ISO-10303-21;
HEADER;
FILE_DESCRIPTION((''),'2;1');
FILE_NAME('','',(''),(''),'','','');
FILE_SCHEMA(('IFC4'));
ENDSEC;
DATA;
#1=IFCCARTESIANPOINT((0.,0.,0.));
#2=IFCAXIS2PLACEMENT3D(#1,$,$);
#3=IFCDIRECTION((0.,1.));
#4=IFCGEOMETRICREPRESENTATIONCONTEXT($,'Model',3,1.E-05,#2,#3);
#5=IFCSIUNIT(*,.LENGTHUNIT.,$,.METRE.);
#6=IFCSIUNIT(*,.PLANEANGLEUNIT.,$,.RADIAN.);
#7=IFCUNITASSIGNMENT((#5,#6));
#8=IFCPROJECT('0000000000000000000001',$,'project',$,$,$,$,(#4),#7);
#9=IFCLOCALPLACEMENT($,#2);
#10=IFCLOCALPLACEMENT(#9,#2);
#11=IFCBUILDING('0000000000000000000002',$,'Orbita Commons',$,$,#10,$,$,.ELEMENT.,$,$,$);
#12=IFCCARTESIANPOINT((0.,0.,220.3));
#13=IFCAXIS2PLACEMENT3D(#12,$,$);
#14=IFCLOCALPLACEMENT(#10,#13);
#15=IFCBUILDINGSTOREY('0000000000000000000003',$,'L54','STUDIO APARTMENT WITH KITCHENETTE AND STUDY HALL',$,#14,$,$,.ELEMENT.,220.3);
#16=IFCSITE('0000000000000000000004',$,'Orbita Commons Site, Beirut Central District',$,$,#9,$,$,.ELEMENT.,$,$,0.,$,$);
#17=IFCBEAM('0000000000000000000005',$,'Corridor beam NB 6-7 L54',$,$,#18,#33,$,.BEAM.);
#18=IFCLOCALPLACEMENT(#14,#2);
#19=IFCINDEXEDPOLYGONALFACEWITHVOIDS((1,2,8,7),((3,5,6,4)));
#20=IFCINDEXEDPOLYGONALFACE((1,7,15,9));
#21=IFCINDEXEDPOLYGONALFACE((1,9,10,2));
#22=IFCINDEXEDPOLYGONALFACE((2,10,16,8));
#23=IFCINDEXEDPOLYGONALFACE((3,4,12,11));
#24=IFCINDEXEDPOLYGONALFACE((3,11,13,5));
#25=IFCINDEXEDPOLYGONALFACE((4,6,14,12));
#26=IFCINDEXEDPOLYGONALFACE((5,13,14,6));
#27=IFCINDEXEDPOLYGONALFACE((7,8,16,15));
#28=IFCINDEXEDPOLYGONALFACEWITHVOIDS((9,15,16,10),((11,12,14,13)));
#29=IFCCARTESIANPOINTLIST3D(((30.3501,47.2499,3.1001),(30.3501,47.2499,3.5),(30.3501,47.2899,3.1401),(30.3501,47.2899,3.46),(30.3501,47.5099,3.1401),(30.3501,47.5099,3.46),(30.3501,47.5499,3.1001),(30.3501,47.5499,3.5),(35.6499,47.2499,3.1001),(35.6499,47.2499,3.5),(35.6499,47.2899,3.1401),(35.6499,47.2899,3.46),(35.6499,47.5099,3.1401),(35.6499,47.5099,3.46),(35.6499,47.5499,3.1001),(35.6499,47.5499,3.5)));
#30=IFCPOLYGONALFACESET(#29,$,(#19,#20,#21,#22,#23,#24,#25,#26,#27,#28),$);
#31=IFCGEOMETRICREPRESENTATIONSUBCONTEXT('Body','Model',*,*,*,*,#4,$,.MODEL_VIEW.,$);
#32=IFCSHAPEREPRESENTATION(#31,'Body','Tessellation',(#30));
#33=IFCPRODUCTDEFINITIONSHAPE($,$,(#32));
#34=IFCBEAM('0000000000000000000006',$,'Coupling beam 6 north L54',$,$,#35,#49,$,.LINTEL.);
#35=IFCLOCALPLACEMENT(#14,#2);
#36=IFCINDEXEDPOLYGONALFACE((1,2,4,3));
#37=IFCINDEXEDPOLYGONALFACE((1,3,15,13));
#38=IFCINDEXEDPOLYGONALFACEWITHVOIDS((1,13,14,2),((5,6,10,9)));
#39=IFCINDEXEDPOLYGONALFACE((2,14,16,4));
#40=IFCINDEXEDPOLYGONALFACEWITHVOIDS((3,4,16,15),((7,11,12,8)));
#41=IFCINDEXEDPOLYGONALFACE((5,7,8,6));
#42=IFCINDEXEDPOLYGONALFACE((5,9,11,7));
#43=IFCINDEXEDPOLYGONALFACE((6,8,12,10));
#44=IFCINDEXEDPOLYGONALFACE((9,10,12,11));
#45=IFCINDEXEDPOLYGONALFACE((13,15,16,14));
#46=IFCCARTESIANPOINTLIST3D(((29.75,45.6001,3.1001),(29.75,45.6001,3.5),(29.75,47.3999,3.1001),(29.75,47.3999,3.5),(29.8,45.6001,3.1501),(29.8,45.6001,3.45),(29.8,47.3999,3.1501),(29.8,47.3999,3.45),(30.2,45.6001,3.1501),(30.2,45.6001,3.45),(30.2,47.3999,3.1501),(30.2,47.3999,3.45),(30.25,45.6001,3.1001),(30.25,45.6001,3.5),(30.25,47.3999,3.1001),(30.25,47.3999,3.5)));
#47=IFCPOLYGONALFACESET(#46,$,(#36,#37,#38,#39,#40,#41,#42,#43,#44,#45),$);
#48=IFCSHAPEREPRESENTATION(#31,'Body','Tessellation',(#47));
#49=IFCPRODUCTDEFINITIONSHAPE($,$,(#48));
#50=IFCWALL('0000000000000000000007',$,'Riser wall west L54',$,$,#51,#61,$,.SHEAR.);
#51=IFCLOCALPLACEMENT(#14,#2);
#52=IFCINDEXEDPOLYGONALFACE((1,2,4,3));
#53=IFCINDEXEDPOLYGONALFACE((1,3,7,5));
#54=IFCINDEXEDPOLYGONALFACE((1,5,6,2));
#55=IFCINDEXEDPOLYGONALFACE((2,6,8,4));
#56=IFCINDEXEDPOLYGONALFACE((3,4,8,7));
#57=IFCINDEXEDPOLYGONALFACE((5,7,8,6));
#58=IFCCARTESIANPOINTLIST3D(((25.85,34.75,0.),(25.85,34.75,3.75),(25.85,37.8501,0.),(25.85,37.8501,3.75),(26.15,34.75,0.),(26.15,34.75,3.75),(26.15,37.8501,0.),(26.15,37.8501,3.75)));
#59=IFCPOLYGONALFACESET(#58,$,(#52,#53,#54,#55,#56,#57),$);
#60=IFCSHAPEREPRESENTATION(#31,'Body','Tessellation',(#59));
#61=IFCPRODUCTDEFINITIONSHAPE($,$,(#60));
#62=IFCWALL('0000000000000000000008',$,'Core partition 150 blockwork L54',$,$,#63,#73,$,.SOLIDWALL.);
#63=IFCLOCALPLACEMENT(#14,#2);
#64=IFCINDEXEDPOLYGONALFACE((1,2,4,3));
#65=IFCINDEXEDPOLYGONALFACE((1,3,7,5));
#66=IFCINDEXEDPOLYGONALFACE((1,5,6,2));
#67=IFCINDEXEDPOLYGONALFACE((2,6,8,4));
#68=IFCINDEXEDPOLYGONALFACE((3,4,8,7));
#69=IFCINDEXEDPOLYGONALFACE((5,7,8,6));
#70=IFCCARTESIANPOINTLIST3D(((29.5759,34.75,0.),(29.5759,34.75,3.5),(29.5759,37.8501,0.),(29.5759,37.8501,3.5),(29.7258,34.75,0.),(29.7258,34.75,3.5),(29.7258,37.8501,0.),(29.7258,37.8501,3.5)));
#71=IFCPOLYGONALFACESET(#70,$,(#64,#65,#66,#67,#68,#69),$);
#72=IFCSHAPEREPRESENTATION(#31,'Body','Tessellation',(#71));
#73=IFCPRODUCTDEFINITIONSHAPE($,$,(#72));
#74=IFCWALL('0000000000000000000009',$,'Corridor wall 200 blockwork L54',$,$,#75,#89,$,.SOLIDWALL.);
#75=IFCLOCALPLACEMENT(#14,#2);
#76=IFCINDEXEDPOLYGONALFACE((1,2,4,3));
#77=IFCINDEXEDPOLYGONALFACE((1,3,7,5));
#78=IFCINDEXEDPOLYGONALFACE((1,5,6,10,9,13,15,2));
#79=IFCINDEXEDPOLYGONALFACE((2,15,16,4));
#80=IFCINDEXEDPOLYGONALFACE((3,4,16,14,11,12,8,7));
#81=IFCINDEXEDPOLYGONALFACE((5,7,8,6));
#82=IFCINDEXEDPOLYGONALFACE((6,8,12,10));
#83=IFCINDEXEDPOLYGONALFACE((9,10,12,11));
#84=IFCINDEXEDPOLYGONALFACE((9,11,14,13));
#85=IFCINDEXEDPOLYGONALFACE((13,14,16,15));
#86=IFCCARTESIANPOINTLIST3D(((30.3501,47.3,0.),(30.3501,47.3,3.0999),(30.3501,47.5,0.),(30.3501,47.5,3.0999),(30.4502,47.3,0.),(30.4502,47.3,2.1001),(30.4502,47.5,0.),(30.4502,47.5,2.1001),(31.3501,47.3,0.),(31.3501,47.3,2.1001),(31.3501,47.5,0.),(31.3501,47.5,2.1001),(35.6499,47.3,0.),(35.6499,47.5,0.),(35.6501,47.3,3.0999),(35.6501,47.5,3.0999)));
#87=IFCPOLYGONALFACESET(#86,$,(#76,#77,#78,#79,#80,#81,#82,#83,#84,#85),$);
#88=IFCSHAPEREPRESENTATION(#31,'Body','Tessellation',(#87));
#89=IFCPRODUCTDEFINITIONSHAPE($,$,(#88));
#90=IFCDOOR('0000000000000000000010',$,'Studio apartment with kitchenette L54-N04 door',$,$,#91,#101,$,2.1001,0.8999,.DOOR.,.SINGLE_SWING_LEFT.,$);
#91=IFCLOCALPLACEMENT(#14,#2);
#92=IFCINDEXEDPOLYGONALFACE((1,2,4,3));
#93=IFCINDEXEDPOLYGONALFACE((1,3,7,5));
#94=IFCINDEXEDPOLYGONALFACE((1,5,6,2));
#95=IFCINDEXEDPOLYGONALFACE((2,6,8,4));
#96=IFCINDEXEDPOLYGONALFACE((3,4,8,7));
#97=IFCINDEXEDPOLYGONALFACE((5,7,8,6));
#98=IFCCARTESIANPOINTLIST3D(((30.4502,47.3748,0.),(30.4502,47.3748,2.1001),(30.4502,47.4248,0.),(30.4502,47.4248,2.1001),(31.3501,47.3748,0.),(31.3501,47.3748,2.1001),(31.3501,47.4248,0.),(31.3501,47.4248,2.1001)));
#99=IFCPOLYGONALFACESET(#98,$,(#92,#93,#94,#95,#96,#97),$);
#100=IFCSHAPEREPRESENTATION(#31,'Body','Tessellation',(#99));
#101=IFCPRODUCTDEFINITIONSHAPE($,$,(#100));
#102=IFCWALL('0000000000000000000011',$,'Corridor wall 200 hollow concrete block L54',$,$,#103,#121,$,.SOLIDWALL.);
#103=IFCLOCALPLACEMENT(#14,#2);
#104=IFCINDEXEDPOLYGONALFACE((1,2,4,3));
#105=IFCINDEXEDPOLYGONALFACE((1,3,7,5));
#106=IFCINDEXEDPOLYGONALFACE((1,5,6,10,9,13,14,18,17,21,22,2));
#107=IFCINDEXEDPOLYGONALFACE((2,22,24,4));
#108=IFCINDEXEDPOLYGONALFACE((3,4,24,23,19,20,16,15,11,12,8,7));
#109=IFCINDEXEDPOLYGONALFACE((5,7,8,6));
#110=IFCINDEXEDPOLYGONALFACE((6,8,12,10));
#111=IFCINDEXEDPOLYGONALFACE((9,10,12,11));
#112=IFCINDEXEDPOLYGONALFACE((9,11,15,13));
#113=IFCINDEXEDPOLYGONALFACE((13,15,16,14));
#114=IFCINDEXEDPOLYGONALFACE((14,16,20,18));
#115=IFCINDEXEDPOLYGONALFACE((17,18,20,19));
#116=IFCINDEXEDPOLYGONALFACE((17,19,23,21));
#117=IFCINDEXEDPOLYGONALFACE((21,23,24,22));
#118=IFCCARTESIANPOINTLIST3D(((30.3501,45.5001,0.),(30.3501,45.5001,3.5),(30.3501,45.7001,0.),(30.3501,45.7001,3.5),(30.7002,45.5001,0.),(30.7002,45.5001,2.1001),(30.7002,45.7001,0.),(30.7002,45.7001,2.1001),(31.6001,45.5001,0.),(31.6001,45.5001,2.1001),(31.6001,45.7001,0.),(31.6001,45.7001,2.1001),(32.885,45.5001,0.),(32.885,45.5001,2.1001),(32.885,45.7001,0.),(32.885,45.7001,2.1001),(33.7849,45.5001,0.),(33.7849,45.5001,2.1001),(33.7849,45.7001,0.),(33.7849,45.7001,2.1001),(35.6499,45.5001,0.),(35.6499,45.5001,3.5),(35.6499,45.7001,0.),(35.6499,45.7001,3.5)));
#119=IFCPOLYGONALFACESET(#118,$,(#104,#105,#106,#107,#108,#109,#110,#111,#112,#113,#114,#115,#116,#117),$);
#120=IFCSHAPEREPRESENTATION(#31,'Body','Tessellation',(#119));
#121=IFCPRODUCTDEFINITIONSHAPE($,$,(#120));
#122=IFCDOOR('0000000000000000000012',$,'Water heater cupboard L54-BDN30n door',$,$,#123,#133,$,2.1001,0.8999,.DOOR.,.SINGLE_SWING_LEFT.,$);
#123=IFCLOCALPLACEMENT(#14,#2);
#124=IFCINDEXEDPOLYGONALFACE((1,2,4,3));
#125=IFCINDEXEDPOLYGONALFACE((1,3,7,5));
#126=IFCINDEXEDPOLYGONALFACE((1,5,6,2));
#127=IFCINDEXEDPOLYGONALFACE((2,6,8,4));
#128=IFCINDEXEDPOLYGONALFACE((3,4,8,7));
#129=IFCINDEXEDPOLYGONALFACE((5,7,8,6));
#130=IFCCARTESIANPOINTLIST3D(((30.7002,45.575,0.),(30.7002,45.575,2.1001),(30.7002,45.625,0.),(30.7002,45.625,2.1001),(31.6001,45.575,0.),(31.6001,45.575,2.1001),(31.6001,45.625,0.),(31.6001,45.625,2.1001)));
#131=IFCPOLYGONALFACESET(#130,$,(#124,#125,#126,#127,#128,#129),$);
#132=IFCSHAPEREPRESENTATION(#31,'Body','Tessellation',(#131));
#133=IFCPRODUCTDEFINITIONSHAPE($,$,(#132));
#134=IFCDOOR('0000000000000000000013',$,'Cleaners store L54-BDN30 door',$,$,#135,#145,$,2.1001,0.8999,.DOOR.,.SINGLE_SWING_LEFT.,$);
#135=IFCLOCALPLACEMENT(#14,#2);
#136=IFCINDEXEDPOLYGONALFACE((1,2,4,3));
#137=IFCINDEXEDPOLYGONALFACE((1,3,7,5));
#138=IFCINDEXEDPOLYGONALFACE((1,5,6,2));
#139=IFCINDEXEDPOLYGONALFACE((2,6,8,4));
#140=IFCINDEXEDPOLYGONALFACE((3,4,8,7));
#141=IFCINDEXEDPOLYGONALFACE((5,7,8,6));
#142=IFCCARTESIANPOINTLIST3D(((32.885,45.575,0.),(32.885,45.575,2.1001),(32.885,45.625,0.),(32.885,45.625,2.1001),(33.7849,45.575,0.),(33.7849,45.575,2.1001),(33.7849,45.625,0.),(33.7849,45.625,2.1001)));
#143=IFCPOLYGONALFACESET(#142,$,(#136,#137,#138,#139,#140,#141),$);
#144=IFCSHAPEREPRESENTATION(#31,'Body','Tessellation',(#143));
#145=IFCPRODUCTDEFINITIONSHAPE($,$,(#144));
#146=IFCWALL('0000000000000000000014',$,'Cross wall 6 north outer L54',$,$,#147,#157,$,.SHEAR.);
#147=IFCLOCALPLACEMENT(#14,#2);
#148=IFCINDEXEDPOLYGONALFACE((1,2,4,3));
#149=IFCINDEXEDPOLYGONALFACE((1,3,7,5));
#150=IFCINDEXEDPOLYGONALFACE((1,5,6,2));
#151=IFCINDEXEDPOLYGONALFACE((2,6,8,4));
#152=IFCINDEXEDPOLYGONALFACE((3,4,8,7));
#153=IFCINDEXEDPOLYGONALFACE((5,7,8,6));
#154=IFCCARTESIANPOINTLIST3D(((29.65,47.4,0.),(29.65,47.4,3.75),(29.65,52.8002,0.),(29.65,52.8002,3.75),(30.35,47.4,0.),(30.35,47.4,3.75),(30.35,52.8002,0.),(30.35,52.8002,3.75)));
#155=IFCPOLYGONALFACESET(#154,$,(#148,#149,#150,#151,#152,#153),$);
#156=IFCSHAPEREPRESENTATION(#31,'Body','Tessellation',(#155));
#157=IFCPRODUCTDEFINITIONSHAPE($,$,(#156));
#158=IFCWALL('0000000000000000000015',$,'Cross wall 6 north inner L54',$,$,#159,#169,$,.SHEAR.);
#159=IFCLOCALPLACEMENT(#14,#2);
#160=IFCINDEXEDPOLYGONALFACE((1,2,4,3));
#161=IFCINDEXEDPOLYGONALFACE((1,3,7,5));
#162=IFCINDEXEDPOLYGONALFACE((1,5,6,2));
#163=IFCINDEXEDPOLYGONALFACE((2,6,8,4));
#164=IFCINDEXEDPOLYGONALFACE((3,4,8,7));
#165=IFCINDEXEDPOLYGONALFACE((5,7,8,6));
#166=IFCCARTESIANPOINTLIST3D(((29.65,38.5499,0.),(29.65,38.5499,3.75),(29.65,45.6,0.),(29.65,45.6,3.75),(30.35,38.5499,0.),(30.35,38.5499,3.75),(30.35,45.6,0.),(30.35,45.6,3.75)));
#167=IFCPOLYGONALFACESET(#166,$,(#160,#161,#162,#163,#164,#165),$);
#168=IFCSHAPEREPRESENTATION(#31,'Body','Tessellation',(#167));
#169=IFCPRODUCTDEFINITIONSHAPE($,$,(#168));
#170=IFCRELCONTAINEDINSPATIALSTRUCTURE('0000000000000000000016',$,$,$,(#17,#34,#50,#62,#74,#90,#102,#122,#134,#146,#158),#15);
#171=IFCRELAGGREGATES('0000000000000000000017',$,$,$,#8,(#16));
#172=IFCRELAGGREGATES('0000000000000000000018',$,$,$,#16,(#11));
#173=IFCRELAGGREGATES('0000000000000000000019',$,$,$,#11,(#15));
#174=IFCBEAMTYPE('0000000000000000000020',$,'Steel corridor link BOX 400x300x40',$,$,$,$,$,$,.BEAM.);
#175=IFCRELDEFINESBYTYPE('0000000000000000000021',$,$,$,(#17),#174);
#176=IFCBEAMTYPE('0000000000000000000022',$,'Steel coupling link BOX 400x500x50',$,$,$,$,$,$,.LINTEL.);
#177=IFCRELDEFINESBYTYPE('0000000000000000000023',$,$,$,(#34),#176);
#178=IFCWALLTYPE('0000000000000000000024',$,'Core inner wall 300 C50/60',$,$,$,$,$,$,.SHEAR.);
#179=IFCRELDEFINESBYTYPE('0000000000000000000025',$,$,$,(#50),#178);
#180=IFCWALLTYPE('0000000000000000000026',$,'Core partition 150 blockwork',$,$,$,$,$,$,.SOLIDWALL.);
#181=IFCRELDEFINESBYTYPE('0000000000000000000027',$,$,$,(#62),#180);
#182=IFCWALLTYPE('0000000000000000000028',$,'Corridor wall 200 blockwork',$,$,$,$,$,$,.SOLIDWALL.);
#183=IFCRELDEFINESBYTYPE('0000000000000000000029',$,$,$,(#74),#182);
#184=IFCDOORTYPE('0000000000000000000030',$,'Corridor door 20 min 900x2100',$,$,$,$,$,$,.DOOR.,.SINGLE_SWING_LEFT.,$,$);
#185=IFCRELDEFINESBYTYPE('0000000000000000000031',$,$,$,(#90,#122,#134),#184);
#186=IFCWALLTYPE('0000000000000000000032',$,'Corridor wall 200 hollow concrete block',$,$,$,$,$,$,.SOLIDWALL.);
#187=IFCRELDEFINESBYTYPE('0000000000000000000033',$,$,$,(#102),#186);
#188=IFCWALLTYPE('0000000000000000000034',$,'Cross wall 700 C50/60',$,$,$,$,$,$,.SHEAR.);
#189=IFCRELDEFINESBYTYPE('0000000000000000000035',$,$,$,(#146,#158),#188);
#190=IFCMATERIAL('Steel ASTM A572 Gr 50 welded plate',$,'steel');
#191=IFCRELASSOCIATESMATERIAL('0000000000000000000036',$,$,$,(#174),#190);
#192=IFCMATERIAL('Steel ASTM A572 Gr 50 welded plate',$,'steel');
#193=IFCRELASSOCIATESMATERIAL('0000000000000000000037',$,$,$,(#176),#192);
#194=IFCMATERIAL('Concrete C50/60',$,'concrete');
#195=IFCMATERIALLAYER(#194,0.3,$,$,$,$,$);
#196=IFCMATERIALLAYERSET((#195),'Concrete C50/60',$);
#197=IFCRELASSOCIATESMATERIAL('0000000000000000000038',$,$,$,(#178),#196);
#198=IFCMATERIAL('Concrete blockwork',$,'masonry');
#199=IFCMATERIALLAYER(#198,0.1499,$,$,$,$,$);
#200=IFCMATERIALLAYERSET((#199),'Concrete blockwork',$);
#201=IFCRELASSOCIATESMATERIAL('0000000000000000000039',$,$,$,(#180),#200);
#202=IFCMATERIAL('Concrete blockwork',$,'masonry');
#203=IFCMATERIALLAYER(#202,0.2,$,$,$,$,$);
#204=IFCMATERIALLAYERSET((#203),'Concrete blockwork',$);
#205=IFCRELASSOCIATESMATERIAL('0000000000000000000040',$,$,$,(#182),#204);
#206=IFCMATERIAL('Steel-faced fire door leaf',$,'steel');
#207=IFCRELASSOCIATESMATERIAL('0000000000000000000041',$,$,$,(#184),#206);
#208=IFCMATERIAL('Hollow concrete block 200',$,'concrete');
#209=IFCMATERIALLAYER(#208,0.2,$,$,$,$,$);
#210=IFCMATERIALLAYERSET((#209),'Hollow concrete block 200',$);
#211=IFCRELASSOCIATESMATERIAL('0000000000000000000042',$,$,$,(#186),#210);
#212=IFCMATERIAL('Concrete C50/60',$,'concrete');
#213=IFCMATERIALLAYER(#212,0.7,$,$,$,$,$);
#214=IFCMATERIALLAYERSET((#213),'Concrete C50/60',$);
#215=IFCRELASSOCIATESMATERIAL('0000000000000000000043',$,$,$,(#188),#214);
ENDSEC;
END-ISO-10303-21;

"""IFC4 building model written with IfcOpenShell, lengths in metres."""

from ifc_helpers import new_model, si_unit, direction, frame, frame_2d, origin, origin_2d, place, context, subcontext, project, spatial, polyline, rectangle, hollow_rectangle, outline, extrude, material, layer, layer_set, material_profile, profile_set, type_object, element, fill, save


model = new_model("IFC4")

# Units and contexts
model_context = context("Model", 3, precision=1e-05, world=origin(), true_north=direction((0.0, 1.0)))
body_context = subcontext(model_context, "Body", "Model", "MODEL_VIEW")
ifc_project = project(units=[si_unit("LENGTHUNIT", "METRE"), si_unit("PLANEANGLEUNIT", "RADIAN")], contexts=[model_context])

# Site, building, storey
site_placement = place(None, origin())
site = spatial("IfcSite", under=ifc_project, at=site_placement, Name="Orbita Commons Site, Beirut Central District", CompositionType="ELEMENT", RefElevation=0.0)
building_placement = place(site_placement, origin())
building = spatial("IfcBuilding", under=site, at=building_placement, Name="Orbita Commons", CompositionType="ELEMENT")
storey_placement = place(building_placement, frame((0.0, 0.0, 220.3)))
storey = spatial("IfcBuildingStorey", under=building, at=storey_placement, Name="L54", Description="STUDIO APARTMENT WITH KITCHENETTE AND STUDY HALL", CompositionType="ELEMENT", Elevation=220.3)

# Beams
ifc_material_1 = material(Name="Steel ASTM A572 Gr 50 welded plate", Category="steel")
ifc_material_profile_1 = material_profile(ifc_material_1, hollow_rectangle(XDim=0.3, YDim=0.3999, WallThickness=0.04, at=origin_2d()), Name="BOX 400x300x40")
ifc_profile_set_1 = profile_set([ifc_material_profile_1], Name="Steel ASTM A572 Gr 50 welded plate")
beam_type_1 = type_object("IfcBeamType", Name="Steel corridor link BOX 400x300x40", PredefinedType="BEAM", material=ifc_profile_set_1)
beam_1_placement = place(storey_placement, frame((30.3501, 47.3999, 3.3), z_axis=(1.0, 0.0, 0.0), x_axis=(0.0, 1.0, 0.0)))
element("IfcBeam", 1, at=beam_1_placement, inside=storey, type_object=beam_type_1, Name="Corridor beam NB 6-7 L54", PredefinedType="BEAM", context=body_context, shape_type="SweptSolid", body=[
    extrude(hollow_rectangle(XDim=0.3, YDim=0.3999, WallThickness=0.04, at=origin_2d()), origin(), (0.0, 0.0, 1.0), 5.2998),
])
ifc_material_2 = material(Name="Steel ASTM A572 Gr 50 welded plate", Category="steel")
ifc_material_profile_2 = material_profile(ifc_material_2, hollow_rectangle(XDim=0.5, YDim=0.3999, WallThickness=0.05, at=origin_2d()), Name="BOX 400x500x50")
ifc_profile_set_2 = profile_set([ifc_material_profile_2], Name="Steel ASTM A572 Gr 50 welded plate")
beam_type_2 = type_object("IfcBeamType", Name="Steel coupling link BOX 400x500x50", PredefinedType="LINTEL", material=ifc_profile_set_2)
beam_2_placement = place(storey_placement, frame((30.0, 45.6001, 3.3), z_axis=(0.0, 1.0, 0.0), x_axis=(-1.0, 0.0, 0.0)))
element("IfcBeam", 2, at=beam_2_placement, inside=storey, type_object=beam_type_2, Name="Coupling beam 6 north L54", PredefinedType="LINTEL", context=body_context, shape_type="SweptSolid", body=[
    extrude(hollow_rectangle(XDim=0.5, YDim=0.3999, WallThickness=0.05, at=origin_2d()), origin(), (0.0, 0.0, 1.0), 1.7998),
])

# Walls
ifc_material_3 = material(Name="Concrete C50/60", Category="concrete")
ifc_layer_1 = layer(ifc_material_3, 0.3)
ifc_layer_set_1 = layer_set([ifc_layer_1], Name="Concrete C50/60")
wall_type_1 = type_object("IfcWallType", Name="Core inner wall 300 C50/60", PredefinedType="SHEAR", material=ifc_layer_set_1)
wall_1_placement = place(storey_placement, frame((26.0, 34.75, 0.0), z_axis=(0.0, 0.0, 1.0), x_axis=(0.0, 1.0, 0.0)))
element("IfcWall", 3, at=wall_1_placement, inside=storey, type_object=wall_type_1, Name="Riser wall west L54", PredefinedType="SHEAR", context=body_context, shape_type="SweptSolid", body=[
    extrude(rectangle(XDim=3.1001, YDim=0.3, at=frame_2d((1.55, 0.0))), origin(), (0.0, 0.0, 1.0), 3.75),
])
ifc_material_4 = material(Name="Concrete blockwork", Category="masonry")
ifc_layer_2 = layer(ifc_material_4, 0.1499)
ifc_layer_set_2 = layer_set([ifc_layer_2], Name="Concrete blockwork")
wall_type_2 = type_object("IfcWallType", Name="Core partition 150 blockwork", PredefinedType="SOLIDWALL", material=ifc_layer_set_2)
wall_2_placement = place(storey_placement, frame((29.6509, 34.75, 0.0), z_axis=(0.0, 0.0, 1.0), x_axis=(0.0, 1.0, 0.0)))
element("IfcWall", 4, at=wall_2_placement, inside=storey, type_object=wall_type_2, Name="Core partition 150 blockwork L54", PredefinedType="SOLIDWALL", context=body_context, shape_type="SweptSolid", body=[
    extrude(rectangle(XDim=3.1001, YDim=0.1499, at=frame_2d((1.55, 0.0))), origin(), (0.0, 0.0, 1.0), 3.5),
])

# Wall, opening, door
ifc_material_5 = material(Name="Concrete blockwork", Category="masonry")
ifc_layer_3 = layer(ifc_material_5, 0.2)
ifc_layer_set_3 = layer_set([ifc_layer_3], Name="Concrete blockwork")
wall_type_3 = type_object("IfcWallType", Name="Corridor wall 200 blockwork", PredefinedType="SOLIDWALL", material=ifc_layer_set_3)
wall_3_placement = place(storey_placement, frame((30.3501, 47.3999, 0.0), z_axis=(0.0, 0.0, 1.0), x_axis=(1.0, 0.0, 0.0)))
wall_3 = element("IfcWall", 5, at=wall_3_placement, inside=storey, type_object=wall_type_3, Name="Corridor wall 200 blockwork L54", PredefinedType="SOLIDWALL", context=body_context, shape_type="SweptSolid", body=[
    extrude(outline(polyline([(0.0, 0.0), (5.2998, 0.0), (5.3, 3.0999), (0.0, 3.0999), (0.0, 0.0)])), frame((0.0, 0.1001, 0.0), z_axis=(0.0, -1.0, 0.0), x_axis=(1.0, 0.0, 0.0)), (0.0, 0.0, 1.0), 0.2),
])
opening_1_placement = place(wall_3_placement, frame((0.1001, 0.0, 0.0)))
opening_1 = element("IfcOpeningElement", 6, at=opening_1_placement, cuts=wall_3, PredefinedType="OPENING", context=body_context, shape_type="SweptSolid", body=[
    extrude(rectangle(XDim=0.8999, YDim=2.1001, at=frame_2d((0.45, 1.05))), frame((0.0, 0.1099, 0.0), z_axis=(0.0, -1.0, 0.0), x_axis=(1.0, 0.0, 0.0)), (0.0, 0.0, 1.0), 0.22),
])
ifc_material_6 = material(Name="Steel-faced fire door leaf", Category="steel")
door_type_1 = type_object("IfcDoorType", Name="Corridor door 20 min 900x2100", OperationType="SINGLE_SWING_LEFT", PredefinedType="DOOR", material=ifc_material_6)
door_1_placement = place(opening_1_placement, origin())
door_1 = element("IfcDoor", 7, at=door_1_placement, inside=storey, type_object=door_type_1, Name="Studio apartment with kitchenette L54-N04 door", OperationType="SINGLE_SWING_LEFT", OverallHeight=2.1001, OverallWidth=0.8999, PredefinedType="DOOR", context=body_context, shape_type="SweptSolid", body=[
    extrude(rectangle(XDim=0.8999, YDim=2.1001, at=frame_2d((0.45, 1.05))), frame((0.0, 0.0249, 0.0), z_axis=(0.0, -1.0, 0.0), x_axis=(1.0, 0.0, 0.0)), (0.0, 0.0, 1.0), 0.05),
])
fill(opening_1, door_1)

# Wall, openings, doors
ifc_material_7 = material(Name="Hollow concrete block 200", Category="concrete")
ifc_layer_4 = layer(ifc_material_7, 0.2)
ifc_layer_set_4 = layer_set([ifc_layer_4], Name="Hollow concrete block 200")
wall_type_4 = type_object("IfcWallType", Name="Corridor wall 200 hollow concrete block", PredefinedType="SOLIDWALL", material=ifc_layer_set_4)
wall_4_placement = place(storey_placement, frame((30.3501, 45.6001, 0.0), z_axis=(0.0, 0.0, 1.0), x_axis=(1.0, 0.0, 0.0)))
wall_4 = element("IfcWall", 8, at=wall_4_placement, inside=storey, type_object=wall_type_4, Name="Corridor wall 200 hollow concrete block L54", PredefinedType="SOLIDWALL", context=body_context, shape_type="SweptSolid", body=[
    extrude(rectangle(XDim=5.2998, YDim=0.2, at=frame_2d((2.6499, 0.0))), origin(), (0.0, 0.0, 1.0), 3.5),
])
opening_2_placement = place(wall_4_placement, frame((0.3501, 0.0, 0.0)))
opening_2 = element("IfcOpeningElement", 9, at=opening_2_placement, cuts=wall_4, PredefinedType="OPENING", context=body_context, shape_type="SweptSolid", body=[
    extrude(rectangle(XDim=0.8999, YDim=2.1001, at=frame_2d((0.45, 1.05))), frame((0.0, 0.1099, 0.0), z_axis=(0.0, -1.0, 0.0), x_axis=(1.0, 0.0, 0.0)), (0.0, 0.0, 1.0), 0.22),
])
opening_3_placement = place(wall_4_placement, frame((2.5349, 0.0, 0.0)))
opening_3 = element("IfcOpeningElement", 10, at=opening_3_placement, cuts=wall_4, PredefinedType="OPENING", context=body_context, shape_type="SweptSolid", body=[
    extrude(rectangle(XDim=0.8999, YDim=2.1001, at=frame_2d((0.45, 1.05))), frame((0.0, 0.1099, 0.0), z_axis=(0.0, -1.0, 0.0), x_axis=(1.0, 0.0, 0.0)), (0.0, 0.0, 1.0), 0.22),
])
door_2_placement = place(opening_2_placement, origin())
door_2 = element("IfcDoor", 11, at=door_2_placement, inside=storey, type_object=door_type_1, Name="Water heater cupboard L54-BDN30n door", OperationType="SINGLE_SWING_LEFT", OverallHeight=2.1001, OverallWidth=0.8999, PredefinedType="DOOR", context=body_context, shape_type="SweptSolid", body=[
    extrude(rectangle(XDim=0.8999, YDim=2.1001, at=frame_2d((0.45, 1.05))), frame((0.0, 0.0249, 0.0), z_axis=(0.0, -1.0, 0.0), x_axis=(1.0, 0.0, 0.0)), (0.0, 0.0, 1.0), 0.05),
])
fill(opening_2, door_2)
door_3_placement = place(opening_3_placement, origin())
door_3 = element("IfcDoor", 12, at=door_3_placement, inside=storey, type_object=door_type_1, Name="Cleaners store L54-BDN30 door", OperationType="SINGLE_SWING_LEFT", OverallHeight=2.1001, OverallWidth=0.8999, PredefinedType="DOOR", context=body_context, shape_type="SweptSolid", body=[
    extrude(rectangle(XDim=0.8999, YDim=2.1001, at=frame_2d((0.45, 1.05))), frame((0.0, 0.0249, 0.0), z_axis=(0.0, -1.0, 0.0), x_axis=(1.0, 0.0, 0.0)), (0.0, 0.0, 1.0), 0.05),
])
fill(opening_3, door_3)

# Walls
ifc_material_8 = material(Name="Concrete C50/60", Category="concrete")
ifc_layer_5 = layer(ifc_material_8, 0.7)
ifc_layer_set_5 = layer_set([ifc_layer_5], Name="Concrete C50/60")
wall_type_5 = type_object("IfcWallType", Name="Cross wall 700 C50/60", PredefinedType="SHEAR", material=ifc_layer_set_5)
wall_5_placement = place(storey_placement, frame((30.0, 47.3999, 0.0), z_axis=(0.0, 0.0, 1.0), x_axis=(0.0, 1.0, 0.0)))
element("IfcWall", 13, at=wall_5_placement, inside=storey, type_object=wall_type_5, Name="Cross wall 6 north outer L54", PredefinedType="SHEAR", context=body_context, shape_type="SweptSolid", body=[
    extrude(rectangle(XDim=5.4001, YDim=0.7, at=frame_2d((2.7002, 0.0))), origin(), (0.0, 0.0, 1.0), 3.75),
])
wall_6_placement = place(storey_placement, frame((30.0, 38.55, 0.0), z_axis=(0.0, 0.0, 1.0), x_axis=(0.0, 1.0, 0.0)))
element("IfcWall", 14, at=wall_6_placement, inside=storey, type_object=wall_type_5, Name="Cross wall 6 north inner L54", PredefinedType="SHEAR", context=body_context, shape_type="SweptSolid", body=[
    extrude(rectangle(XDim=7.05, YDim=0.7, at=frame_2d((3.5249, 0.0))), origin(), (0.0, 0.0, 1.0), 3.75),
])

save(model, "model.ifc")
